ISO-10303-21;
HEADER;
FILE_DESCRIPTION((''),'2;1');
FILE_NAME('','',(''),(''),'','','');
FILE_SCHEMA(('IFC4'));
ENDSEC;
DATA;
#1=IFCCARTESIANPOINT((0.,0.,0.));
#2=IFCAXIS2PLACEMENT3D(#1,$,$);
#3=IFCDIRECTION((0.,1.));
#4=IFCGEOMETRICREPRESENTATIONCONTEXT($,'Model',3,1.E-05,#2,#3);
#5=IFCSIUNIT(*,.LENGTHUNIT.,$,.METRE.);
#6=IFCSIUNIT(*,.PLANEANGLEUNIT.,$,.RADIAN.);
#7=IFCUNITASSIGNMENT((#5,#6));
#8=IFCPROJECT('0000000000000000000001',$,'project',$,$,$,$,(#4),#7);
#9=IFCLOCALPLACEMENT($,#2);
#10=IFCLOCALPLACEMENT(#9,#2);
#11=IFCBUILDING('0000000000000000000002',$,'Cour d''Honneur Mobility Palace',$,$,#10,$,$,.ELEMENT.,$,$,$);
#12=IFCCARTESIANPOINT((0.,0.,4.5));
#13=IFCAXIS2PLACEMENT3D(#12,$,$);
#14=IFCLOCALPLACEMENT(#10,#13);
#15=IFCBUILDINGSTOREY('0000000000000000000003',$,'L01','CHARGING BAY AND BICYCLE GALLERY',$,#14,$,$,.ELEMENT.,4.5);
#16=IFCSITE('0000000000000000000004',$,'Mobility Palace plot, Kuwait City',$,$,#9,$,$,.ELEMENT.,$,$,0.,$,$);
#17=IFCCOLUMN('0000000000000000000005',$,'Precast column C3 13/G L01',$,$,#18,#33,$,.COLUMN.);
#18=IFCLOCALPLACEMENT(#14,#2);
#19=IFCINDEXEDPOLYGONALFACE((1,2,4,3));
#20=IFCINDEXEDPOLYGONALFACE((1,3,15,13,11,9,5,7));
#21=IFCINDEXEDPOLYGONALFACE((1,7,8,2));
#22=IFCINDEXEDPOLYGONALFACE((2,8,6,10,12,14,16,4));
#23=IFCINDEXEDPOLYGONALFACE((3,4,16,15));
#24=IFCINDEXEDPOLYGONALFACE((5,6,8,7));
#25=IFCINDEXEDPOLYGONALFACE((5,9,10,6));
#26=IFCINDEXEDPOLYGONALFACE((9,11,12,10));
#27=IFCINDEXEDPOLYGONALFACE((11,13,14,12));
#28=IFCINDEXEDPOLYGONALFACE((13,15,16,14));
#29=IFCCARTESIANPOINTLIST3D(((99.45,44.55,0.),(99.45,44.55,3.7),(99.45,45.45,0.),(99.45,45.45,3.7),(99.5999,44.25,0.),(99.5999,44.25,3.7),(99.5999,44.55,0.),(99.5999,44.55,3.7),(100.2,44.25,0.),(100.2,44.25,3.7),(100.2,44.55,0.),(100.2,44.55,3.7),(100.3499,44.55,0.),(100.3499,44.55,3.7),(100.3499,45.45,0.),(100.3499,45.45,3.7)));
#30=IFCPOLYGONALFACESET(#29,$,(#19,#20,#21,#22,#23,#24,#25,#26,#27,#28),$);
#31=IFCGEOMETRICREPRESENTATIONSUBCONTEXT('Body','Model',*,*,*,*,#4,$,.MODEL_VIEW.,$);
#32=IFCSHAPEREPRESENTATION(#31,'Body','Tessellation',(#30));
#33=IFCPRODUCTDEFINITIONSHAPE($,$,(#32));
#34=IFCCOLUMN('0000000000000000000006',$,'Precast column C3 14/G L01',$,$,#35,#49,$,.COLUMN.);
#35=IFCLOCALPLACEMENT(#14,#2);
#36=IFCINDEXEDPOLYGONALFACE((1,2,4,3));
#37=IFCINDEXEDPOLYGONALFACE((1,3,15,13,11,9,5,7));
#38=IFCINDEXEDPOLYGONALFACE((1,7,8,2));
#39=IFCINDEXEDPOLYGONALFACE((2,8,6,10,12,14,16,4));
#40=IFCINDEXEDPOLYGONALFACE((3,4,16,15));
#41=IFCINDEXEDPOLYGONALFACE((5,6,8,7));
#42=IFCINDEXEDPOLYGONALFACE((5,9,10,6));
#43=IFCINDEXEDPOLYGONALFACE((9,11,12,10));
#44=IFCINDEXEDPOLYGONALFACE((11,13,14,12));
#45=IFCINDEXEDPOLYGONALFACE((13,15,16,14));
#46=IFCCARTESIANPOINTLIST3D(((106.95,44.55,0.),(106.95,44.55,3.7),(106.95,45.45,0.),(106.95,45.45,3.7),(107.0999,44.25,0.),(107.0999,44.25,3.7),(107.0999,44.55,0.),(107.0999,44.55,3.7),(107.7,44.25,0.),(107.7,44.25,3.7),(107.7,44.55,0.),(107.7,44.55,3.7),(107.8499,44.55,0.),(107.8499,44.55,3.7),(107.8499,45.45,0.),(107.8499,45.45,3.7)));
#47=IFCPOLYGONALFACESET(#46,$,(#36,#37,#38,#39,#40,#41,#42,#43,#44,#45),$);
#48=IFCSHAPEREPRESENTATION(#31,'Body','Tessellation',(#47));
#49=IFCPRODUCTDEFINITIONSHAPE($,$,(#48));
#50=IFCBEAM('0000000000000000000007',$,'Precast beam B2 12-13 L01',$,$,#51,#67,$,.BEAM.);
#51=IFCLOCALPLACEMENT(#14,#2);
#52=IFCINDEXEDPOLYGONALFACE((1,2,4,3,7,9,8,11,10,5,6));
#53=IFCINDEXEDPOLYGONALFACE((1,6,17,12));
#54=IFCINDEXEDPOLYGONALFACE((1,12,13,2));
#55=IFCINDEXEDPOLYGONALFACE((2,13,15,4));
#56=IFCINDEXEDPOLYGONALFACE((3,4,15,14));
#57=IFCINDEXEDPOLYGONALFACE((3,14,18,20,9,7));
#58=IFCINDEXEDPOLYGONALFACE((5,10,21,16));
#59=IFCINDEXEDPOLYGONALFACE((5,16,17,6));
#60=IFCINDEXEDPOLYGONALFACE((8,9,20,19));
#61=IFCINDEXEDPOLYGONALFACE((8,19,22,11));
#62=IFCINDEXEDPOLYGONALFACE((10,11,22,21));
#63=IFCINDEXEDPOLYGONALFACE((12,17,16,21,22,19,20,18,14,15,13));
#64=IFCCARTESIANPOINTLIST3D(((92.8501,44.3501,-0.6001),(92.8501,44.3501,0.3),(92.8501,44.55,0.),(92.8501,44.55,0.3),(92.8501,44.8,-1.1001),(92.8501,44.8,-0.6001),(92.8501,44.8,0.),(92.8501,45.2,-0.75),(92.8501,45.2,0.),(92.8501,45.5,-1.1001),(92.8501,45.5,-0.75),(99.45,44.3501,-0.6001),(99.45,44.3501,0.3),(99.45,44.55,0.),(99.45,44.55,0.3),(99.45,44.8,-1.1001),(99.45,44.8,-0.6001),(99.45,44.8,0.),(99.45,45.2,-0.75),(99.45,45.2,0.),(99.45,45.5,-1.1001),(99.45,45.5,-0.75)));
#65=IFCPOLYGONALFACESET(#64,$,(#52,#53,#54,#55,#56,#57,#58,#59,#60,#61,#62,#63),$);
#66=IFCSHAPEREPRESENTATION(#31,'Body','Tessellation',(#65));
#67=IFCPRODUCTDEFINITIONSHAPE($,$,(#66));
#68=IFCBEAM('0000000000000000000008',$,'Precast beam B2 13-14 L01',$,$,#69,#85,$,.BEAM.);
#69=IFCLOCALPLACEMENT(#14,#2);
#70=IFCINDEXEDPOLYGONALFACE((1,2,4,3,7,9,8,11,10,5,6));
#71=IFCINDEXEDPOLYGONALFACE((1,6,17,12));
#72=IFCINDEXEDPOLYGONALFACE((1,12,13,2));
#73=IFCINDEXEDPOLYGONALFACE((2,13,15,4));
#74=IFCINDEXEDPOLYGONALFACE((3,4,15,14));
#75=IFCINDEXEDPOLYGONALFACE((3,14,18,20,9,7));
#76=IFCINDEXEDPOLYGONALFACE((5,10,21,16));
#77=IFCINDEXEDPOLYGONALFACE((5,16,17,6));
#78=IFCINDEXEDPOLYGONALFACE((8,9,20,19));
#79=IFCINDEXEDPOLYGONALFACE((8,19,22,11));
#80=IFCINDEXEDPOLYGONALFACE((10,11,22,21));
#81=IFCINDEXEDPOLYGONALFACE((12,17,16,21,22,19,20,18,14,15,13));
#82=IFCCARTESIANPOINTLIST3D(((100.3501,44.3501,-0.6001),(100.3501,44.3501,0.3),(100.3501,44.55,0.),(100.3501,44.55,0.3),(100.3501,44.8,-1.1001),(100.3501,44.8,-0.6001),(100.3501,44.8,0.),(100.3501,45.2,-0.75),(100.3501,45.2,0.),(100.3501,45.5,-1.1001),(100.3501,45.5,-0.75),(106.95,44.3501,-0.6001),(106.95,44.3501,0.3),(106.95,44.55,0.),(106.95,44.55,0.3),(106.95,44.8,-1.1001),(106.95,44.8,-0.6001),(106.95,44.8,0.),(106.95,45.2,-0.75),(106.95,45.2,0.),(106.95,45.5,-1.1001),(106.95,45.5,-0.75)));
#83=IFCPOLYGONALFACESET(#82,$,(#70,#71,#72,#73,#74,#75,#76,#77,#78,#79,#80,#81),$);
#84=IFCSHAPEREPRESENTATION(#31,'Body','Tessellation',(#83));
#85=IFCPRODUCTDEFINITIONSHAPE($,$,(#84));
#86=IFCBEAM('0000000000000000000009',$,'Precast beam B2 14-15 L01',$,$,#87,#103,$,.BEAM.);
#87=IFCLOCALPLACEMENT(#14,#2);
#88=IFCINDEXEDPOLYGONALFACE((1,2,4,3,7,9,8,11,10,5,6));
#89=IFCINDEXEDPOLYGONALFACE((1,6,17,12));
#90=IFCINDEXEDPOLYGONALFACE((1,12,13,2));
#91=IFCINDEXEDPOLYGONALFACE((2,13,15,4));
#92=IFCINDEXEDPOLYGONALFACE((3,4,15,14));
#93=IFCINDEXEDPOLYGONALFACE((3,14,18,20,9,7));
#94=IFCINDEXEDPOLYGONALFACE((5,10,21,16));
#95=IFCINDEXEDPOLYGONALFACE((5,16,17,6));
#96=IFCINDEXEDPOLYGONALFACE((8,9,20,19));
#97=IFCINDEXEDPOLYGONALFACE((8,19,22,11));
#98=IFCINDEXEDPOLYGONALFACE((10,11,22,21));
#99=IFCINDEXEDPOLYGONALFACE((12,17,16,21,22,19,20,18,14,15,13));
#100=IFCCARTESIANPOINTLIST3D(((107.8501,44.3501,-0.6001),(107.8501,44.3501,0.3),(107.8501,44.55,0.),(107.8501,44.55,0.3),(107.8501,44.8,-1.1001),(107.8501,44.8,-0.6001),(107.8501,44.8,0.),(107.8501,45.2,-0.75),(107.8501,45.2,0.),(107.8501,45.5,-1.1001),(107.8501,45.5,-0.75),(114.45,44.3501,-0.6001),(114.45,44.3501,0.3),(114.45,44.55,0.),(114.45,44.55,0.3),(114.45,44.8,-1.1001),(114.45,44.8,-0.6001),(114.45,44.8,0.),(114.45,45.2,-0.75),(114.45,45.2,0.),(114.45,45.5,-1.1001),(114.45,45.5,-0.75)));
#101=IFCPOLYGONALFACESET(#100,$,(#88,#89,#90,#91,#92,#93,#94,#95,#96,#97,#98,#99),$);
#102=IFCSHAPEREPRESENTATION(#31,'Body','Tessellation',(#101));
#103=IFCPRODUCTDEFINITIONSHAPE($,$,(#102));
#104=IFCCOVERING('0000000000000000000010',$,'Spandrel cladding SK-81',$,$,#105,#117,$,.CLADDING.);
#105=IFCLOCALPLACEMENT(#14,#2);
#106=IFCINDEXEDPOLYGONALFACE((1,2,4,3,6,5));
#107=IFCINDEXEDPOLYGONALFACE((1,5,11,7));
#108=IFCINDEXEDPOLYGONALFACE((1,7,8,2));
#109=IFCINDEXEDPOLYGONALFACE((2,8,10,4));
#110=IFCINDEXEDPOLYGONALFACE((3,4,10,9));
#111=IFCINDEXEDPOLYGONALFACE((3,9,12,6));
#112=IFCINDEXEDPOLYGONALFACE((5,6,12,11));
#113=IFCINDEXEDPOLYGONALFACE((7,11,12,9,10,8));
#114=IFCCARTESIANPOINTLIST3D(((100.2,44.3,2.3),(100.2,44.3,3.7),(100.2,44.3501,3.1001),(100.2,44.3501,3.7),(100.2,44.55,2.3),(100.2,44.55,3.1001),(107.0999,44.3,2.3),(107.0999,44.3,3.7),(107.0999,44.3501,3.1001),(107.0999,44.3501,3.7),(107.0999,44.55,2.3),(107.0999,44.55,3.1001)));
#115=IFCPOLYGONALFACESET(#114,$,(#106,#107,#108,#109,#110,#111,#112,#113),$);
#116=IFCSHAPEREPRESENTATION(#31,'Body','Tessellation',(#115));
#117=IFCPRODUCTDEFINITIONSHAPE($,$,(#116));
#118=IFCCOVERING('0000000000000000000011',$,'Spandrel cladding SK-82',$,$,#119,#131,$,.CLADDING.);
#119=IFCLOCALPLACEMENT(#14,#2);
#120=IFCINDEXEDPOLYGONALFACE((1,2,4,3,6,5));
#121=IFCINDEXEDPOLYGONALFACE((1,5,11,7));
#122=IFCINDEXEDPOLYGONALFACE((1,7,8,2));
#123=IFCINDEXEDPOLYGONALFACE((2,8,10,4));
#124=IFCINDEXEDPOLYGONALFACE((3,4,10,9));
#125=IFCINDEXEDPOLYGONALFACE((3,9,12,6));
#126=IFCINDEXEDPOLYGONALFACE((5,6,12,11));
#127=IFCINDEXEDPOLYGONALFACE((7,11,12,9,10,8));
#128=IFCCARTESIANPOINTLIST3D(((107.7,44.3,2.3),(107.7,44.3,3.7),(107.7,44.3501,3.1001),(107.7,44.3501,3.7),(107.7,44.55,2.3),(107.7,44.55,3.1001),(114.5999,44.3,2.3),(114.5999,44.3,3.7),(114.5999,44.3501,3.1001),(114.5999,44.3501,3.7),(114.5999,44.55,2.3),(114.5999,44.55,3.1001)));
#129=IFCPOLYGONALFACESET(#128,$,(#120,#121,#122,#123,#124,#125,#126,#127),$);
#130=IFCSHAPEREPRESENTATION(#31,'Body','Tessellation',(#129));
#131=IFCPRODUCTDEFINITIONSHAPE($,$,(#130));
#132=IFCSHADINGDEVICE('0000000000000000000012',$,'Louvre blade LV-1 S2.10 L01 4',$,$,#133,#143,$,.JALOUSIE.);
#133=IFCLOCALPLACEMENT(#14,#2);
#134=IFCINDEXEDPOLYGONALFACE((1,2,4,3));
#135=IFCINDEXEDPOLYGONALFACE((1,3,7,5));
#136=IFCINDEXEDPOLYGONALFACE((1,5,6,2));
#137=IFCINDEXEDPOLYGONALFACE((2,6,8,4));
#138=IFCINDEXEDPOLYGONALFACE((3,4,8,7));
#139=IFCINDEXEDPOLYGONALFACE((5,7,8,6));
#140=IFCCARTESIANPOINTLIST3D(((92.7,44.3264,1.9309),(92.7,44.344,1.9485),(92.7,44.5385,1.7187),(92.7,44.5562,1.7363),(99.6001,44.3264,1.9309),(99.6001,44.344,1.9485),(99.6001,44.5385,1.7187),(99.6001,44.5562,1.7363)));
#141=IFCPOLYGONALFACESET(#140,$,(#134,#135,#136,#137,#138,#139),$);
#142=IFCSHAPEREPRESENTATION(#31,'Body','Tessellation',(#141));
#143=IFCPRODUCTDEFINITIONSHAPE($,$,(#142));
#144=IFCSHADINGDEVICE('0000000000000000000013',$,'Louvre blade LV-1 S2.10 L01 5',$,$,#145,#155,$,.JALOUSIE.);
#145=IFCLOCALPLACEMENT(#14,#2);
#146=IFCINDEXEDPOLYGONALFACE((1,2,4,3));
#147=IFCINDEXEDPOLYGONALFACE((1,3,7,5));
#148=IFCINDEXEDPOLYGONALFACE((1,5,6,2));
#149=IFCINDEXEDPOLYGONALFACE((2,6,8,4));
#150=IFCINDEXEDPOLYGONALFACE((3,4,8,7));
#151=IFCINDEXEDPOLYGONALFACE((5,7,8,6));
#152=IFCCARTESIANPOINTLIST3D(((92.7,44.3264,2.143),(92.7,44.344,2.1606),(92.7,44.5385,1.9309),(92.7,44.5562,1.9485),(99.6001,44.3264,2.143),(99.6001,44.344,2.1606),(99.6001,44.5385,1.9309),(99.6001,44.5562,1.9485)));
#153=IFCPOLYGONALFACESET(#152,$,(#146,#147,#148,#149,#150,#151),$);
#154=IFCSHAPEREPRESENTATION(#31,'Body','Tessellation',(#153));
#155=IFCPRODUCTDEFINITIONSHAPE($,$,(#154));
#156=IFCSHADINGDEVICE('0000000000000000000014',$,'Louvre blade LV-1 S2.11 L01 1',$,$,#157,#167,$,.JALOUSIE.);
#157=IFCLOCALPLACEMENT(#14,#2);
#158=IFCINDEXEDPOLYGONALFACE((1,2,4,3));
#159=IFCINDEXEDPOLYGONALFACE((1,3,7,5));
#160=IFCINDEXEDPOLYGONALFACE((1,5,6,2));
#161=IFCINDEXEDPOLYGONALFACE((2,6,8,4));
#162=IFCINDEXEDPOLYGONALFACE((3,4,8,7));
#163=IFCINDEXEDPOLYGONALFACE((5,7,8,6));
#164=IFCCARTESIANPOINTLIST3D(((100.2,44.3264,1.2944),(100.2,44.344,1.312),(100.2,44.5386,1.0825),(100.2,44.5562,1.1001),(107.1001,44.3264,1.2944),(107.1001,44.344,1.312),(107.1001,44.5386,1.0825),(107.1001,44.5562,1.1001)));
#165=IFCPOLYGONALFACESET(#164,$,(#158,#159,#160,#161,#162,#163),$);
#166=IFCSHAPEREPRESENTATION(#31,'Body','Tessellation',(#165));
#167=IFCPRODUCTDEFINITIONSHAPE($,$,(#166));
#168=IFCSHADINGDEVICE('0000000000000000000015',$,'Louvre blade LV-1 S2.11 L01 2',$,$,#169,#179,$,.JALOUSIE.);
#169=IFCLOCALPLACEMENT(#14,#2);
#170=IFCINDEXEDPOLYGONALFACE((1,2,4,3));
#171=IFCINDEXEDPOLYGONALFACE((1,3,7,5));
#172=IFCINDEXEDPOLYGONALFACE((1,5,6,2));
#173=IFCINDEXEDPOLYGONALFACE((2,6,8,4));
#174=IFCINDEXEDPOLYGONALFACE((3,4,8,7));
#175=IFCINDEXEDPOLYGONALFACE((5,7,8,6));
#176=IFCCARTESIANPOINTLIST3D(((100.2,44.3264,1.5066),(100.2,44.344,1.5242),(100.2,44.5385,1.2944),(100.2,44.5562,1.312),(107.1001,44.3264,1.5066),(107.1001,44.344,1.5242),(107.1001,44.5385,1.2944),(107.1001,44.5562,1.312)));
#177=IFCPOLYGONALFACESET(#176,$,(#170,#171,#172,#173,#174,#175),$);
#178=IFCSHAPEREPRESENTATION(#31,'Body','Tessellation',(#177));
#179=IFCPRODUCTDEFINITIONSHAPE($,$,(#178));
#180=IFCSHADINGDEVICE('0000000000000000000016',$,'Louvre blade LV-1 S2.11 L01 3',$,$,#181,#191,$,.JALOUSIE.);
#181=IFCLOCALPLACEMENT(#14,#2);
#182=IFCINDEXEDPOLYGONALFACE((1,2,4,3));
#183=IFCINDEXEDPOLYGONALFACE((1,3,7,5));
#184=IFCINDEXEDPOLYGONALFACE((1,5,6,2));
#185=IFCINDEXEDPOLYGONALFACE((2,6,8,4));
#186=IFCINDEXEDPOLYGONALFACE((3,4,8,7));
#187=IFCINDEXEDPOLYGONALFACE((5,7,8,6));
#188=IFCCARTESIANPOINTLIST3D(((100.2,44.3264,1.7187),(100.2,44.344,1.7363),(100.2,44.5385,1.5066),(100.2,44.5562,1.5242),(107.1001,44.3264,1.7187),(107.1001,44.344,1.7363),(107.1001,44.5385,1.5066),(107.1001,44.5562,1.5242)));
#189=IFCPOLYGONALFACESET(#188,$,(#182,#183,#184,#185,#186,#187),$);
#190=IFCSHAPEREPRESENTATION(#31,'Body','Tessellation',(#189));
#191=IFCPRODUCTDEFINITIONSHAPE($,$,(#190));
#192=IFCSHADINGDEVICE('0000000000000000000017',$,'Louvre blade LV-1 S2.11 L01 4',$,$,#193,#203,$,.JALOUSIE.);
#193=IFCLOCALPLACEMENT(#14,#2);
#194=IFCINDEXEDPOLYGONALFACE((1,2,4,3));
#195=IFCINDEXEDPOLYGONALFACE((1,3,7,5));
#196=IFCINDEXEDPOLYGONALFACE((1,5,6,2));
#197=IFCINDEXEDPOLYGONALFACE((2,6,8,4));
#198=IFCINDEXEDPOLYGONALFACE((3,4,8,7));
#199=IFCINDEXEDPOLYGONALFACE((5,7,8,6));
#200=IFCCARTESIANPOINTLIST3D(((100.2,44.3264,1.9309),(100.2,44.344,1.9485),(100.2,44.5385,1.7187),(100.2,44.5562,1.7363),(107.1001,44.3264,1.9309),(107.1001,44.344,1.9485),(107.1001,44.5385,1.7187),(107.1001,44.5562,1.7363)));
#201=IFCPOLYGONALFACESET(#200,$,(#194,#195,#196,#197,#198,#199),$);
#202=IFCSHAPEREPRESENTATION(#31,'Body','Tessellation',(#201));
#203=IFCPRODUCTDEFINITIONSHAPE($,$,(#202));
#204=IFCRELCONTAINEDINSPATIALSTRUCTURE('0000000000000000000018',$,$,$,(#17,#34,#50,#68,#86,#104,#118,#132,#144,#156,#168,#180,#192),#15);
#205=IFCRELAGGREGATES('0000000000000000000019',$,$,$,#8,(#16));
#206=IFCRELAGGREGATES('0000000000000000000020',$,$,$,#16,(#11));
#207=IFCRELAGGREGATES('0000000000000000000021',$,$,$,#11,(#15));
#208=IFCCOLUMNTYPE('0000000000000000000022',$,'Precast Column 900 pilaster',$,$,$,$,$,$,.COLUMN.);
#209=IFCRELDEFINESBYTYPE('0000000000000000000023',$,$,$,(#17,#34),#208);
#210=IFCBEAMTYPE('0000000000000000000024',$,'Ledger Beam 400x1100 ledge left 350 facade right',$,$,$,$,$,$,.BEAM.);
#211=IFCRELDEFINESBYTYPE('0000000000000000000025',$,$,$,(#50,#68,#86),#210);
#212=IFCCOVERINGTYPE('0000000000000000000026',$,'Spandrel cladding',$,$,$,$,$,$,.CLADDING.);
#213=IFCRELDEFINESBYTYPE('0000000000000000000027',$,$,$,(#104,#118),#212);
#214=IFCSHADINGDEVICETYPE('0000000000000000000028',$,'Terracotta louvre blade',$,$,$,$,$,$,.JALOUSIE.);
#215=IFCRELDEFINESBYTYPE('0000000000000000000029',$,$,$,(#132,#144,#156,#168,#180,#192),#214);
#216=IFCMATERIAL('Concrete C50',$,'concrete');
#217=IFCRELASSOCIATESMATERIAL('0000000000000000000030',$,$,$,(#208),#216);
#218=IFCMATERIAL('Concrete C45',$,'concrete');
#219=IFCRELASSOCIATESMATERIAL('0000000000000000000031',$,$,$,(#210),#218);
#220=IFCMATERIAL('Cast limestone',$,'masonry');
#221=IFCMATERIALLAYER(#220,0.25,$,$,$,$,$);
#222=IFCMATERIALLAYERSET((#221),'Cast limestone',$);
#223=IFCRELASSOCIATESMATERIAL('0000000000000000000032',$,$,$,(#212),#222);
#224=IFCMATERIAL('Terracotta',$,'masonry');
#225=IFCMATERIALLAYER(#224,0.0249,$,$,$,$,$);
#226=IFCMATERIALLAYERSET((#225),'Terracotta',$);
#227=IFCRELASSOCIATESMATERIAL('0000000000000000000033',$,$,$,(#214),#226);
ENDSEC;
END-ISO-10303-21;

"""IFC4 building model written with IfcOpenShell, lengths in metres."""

from ifc_helpers import new_model, si_unit, direction, frame, origin, place, context, subcontext, project, spatial, polyline, outline, extrude, material, layer, layer_set, material_profile, profile_set, type_object, element, save


model = new_model("IFC4")

# Units and contexts
model_context = context("Model", 3, precision=1e-05, world=origin(), true_north=direction((0.0, 1.0)))
body_context = subcontext(model_context, "Body", "Model", "MODEL_VIEW")
ifc_project = project(units=[si_unit("LENGTHUNIT", "METRE"), si_unit("PLANEANGLEUNIT", "RADIAN")], contexts=[model_context])

# Site, building, storey
site_placement = place(None, origin())
site = spatial("IfcSite", under=ifc_project, at=site_placement, Name="Mobility Palace plot, Kuwait City", CompositionType="ELEMENT", RefElevation=0.0)
building_placement = place(site_placement, origin())
building = spatial("IfcBuilding", under=site, at=building_placement, Name="Cour d'Honneur Mobility Palace", CompositionType="ELEMENT")
storey_placement = place(building_placement, frame((0.0, 0.0, 4.5)))
storey = spatial("IfcBuildingStorey", under=building, at=storey_placement, Name="L01", Description="CHARGING BAY AND BICYCLE GALLERY", CompositionType="ELEMENT", Elevation=4.5)

# Columns
ifc_material_1 = material(Name="Concrete C50", Category="concrete")
ifc_material_profile_1 = material_profile(ifc_material_1, outline(polyline([(-0.45, -0.45), (0.45, -0.45), (0.45, -0.3), (0.75, -0.3), (0.75, 0.3), (0.45, 0.3), (0.45, 0.45), (-0.45, 0.45), (-0.45, -0.45)])), Name="PC C900 pilaster")
ifc_profile_set_1 = profile_set([ifc_material_profile_1], Name="Concrete C50")
column_type = type_object("IfcColumnType", Name="Precast Column 900 pilaster", PredefinedType="COLUMN", material=ifc_profile_set_1)
for number, where, z_axis, x_axis, name in (
    (1, (99.8999, 45.0, 0.0), (0.0, 0.0, 1.0), (0.0, -1.0, 0.0), "Precast column C3 13/G L01"),
    (2, (107.3999, 45.0, 0.0), (0.0, 0.0, 1.0), (0.0, -1.0, 0.0), "Precast column C3 14/G L01"),
):
    element("IfcColumn", number, at=place(storey_placement, frame(where, z_axis=z_axis, x_axis=x_axis)), inside=storey, type_object=column_type, Name=name, PredefinedType="COLUMN", context=body_context, shape_type="SweptSolid", body=[
        extrude(outline(polyline([(-0.45, -0.45), (0.45, -0.45), (0.45, -0.3), (0.75, -0.3), (0.75, 0.3), (0.45, 0.3), (0.45, 0.45), (-0.45, 0.45), (-0.45, -0.45)])), origin(), (0.0, 0.0, 1.0), 3.7),
    ])

# Beams
ifc_material_2 = material(Name="Concrete C45", Category="concrete")
ifc_material_profile_2 = material_profile(ifc_material_2, outline(polyline([(0.5, -1.1001), (0.5, -0.75), (0.2, -0.75), (0.2, 0.0), (-0.2, 0.0), (-0.45, 0.0), (-0.45, 0.3), (-0.6499, 0.3), (-0.6499, -0.6001), (-0.2, -0.6001), (-0.2, -1.1001), (0.5, -1.1001)])), Name="Ledger Beam 400x1100 ledge left 350 facade right")
ifc_profile_set_2 = profile_set([ifc_material_profile_2], Name="Concrete C45")
beam_type = type_object("IfcBeamType", Name="Ledger Beam 400x1100 ledge left 350 facade right", PredefinedType="BEAM", material=ifc_profile_set_2)
for number, where, z_axis, x_axis, name in (
    (3, (92.8501, 45.0, 0.0), (1.0, 0.0, 0.0), (0.0, 1.0, 0.0), "Precast beam B2 12-13 L01"),
    (4, (100.3501, 45.0, 0.0), (1.0, 0.0, 0.0), (0.0, 1.0, 0.0), "Precast beam B2 13-14 L01"),
    (5, (107.8501, 45.0, 0.0), (1.0, 0.0, 0.0), (0.0, 1.0, 0.0), "Precast beam B2 14-15 L01"),
):
    element("IfcBeam", number, at=place(storey_placement, frame(where, z_axis=z_axis, x_axis=x_axis)), inside=storey, type_object=beam_type, Name=name, PredefinedType="BEAM", context=body_context, shape_type="SweptSolid", body=[
        extrude(outline(polyline([(0.5, -1.1001), (0.5, -0.75), (0.2, -0.75), (0.2, 0.0), (-0.2, 0.0), (-0.45, 0.0), (-0.45, 0.3), (-0.6499, 0.3), (-0.6499, -0.6001), (-0.2, -0.6001), (-0.2, -1.1001), (0.5, -1.1001)])), origin(), (0.0, 0.0, 1.0), 6.5999),
    ])

# Coverings
ifc_material_3 = material(Name="Cast limestone", Category="masonry")
ifc_layer_1 = layer(ifc_material_3, 0.25)
ifc_layer_set_1 = layer_set([ifc_layer_1], Name="Cast limestone")
covering_type = type_object("IfcCoveringType", Name="Spandrel cladding", PredefinedType="CLADDING", material=ifc_layer_set_1)
for number, where, z_axis, x_axis, name in (
    (6, (100.2, 44.55, 2.3), (-1.0, 0.0, 0.0), (0.0, -1.0, 0.0), "Spandrel cladding SK-81"),
    (7, (107.7, 44.55, 2.3), (-1.0, 0.0, 0.0), (0.0, -1.0, 0.0), "Spandrel cladding SK-82"),
):
    element("IfcCovering", number, at=place(storey_placement, frame(where, z_axis=z_axis, x_axis=x_axis)), inside=storey, type_object=covering_type, Name=name, PredefinedType="CLADDING", context=body_context, shape_type="SweptSolid", body=[
        extrude(outline(polyline([(0.0, 0.0), (0.25, 0.0), (0.25, 1.3999), (0.2, 1.3999), (0.2, 0.8), (0.0, 0.8), (0.0, 0.0)])), origin(), (0.0, 0.0, -1.0), 6.8999),
    ])

# Shading devices
ifc_material_4 = material(Name="Terracotta", Category="masonry")
ifc_layer_2 = layer(ifc_material_4, 0.0249)
ifc_layer_set_2 = layer_set([ifc_layer_2], Name="Terracotta")
shading_device_type = type_object("IfcShadingDeviceType", Name="Terracotta louvre blade", PredefinedType="JALOUSIE", material=ifc_layer_set_2)
for number, where, z_axis, x_axis, name in (
    (8, (92.7, 44.5562, 1.7363), (0.0, 0.707107, 0.707107), (1.0, 0.0, 0.0), "Louvre blade LV-1 S2.10 L01 4"),
    (9, (92.7, 44.5562, 1.9485), (0.0, 0.707107, 0.707107), (1.0, 0.0, 0.0), "Louvre blade LV-1 S2.10 L01 5"),
):
    element("IfcShadingDevice", number, at=place(storey_placement, frame(where, z_axis=z_axis, x_axis=x_axis)), inside=storey, type_object=shading_device_type, Name=name, PredefinedType="JALOUSIE", context=body_context, shape_type="SweptSolid", body=[
        extrude(outline(polyline([(0.0, 0.0), (6.9001, 0.0), (6.9001, -0.3), (0.0, -0.3), (0.0, 0.0)])), origin(), (0.0, 0.0, -1.0), 0.0249),
    ])
shading_device_1_placement = place(storey_placement, frame((100.2, 44.5562, 1.1001), z_axis=(0.0, 0.7067, 0.707514), x_axis=(1.0, 0.0, 0.0)))
element("IfcShadingDevice", 10, at=shading_device_1_placement, inside=storey, type_object=shading_device_type, Name="Louvre blade LV-1 S2.11 L01 1", PredefinedType="JALOUSIE", context=body_context, shape_type="SweptSolid", body=[
    extrude(outline(polyline([(0.0, 0.0), (6.9001, 0.0), (6.9001, -0.2999), (0.0, -0.2999), (0.0, 0.0)])), origin(), (0.0, 0.0, -1.0), 0.0249),
])
for number, where, z_axis, x_axis, name in (
    (11, (100.2, 44.5562, 1.312), (0.0, 0.707107, 0.707107), (1.0, 0.0, 0.0), "Louvre blade LV-1 S2.11 L01 2"),
    (12, (100.2, 44.5562, 1.5242), (0.0, 0.707107, 0.707107), (1.0, 0.0, 0.0), "Louvre blade LV-1 S2.11 L01 3"),
    (13, (100.2, 44.5562, 1.7363), (0.0, 0.707107, 0.707107), (1.0, 0.0, 0.0), "Louvre blade LV-1 S2.11 L01 4"),
):
    element("IfcShadingDevice", number, at=place(storey_placement, frame(where, z_axis=z_axis, x_axis=x_axis)), inside=storey, type_object=shading_device_type, Name=name, PredefinedType="JALOUSIE", context=body_context, shape_type="SweptSolid", body=[
        extrude(outline(polyline([(0.0, 0.0), (6.9001, 0.0), (6.9001, -0.3), (0.0, -0.3), (0.0, 0.0)])), origin(), (0.0, 0.0, -1.0), 0.0249),
    ])

save(model, "model.ifc")
